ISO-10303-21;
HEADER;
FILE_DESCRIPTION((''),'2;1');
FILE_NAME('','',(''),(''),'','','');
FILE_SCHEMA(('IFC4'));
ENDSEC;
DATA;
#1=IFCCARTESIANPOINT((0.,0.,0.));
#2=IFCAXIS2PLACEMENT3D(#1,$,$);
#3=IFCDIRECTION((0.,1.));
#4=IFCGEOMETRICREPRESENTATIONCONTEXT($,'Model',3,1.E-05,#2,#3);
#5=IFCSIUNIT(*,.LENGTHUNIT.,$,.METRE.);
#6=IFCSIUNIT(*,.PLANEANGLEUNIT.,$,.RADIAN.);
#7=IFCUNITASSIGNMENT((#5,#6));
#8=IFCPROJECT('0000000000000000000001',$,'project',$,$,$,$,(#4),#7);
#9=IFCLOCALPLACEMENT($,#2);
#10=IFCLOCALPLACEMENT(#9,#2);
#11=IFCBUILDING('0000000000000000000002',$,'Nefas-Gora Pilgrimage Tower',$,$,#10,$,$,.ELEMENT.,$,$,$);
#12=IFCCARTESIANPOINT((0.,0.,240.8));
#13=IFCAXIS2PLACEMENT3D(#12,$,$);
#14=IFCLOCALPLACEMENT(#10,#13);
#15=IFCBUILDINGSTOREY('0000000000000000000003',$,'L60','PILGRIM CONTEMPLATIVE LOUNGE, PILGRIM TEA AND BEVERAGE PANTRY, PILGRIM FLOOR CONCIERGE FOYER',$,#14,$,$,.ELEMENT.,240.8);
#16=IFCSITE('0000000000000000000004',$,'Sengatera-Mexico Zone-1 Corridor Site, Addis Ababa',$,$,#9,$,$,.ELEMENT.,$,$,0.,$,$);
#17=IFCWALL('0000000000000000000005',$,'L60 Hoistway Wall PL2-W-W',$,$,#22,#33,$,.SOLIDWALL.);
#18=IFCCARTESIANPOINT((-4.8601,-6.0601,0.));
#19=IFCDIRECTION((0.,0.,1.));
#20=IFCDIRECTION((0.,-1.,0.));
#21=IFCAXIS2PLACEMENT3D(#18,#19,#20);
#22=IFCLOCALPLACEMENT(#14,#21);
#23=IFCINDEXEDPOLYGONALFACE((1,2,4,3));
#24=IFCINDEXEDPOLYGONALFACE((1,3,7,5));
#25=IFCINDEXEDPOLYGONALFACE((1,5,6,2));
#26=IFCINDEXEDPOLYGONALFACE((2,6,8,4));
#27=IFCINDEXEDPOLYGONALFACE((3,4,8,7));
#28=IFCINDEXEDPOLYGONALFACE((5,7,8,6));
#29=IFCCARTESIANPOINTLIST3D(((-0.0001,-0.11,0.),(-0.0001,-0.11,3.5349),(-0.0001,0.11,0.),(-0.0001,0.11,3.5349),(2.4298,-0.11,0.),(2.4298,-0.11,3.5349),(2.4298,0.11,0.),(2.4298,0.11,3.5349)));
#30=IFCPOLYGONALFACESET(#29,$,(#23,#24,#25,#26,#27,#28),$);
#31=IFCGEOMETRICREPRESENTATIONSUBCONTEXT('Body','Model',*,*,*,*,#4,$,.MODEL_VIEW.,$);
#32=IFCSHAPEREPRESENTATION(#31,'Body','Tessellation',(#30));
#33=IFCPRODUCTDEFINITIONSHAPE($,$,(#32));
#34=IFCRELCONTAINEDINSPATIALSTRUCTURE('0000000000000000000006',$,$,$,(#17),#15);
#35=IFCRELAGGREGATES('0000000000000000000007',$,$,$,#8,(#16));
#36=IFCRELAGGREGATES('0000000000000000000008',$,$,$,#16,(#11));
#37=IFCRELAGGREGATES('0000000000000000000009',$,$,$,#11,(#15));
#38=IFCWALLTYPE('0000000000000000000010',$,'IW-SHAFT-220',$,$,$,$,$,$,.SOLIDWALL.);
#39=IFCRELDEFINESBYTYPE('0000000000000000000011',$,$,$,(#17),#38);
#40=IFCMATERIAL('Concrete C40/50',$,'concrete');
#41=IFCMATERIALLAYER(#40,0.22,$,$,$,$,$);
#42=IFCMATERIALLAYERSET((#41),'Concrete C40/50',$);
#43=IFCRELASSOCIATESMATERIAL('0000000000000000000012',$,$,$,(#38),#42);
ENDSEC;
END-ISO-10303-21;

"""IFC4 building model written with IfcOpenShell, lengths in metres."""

from ifc_helpers import new_model, si_unit, direction, frame, frame_2d, origin, place, context, subcontext, project, spatial, rectangle, extrude, source, transform, mapped, material, layer, layer_set, type_object, element, save


model = new_model("IFC4")

# Units and contexts
model_context = context("Model", 3, precision=1e-05, world=origin(), true_north=direction((0.0, 1.0)))
body_context = subcontext(model_context, "Body", "Model", "MODEL_VIEW")
ifc_project = project(units=[si_unit("LENGTHUNIT", "METRE"), si_unit("PLANEANGLEUNIT", "RADIAN")], contexts=[model_context])

# Site, building, storey
site_placement = place(None, origin())
site = spatial("IfcSite", under=ifc_project, at=site_placement, Name="Sengatera-Mexico Zone-1 Corridor Site, Addis Ababa", CompositionType="ELEMENT", RefElevation=0.0)
building_placement = place(site_placement, origin())
building = spatial("IfcBuilding", under=site, at=building_placement, Name="Nefas-Gora Pilgrimage Tower", CompositionType="ELEMENT")
storey_placement = place(building_placement, frame((0.0, 0.0, 240.8)))
storey = spatial("IfcBuildingStorey", under=building, at=storey_placement, Name="L60", Description="PILGRIM CONTEMPLATIVE LOUNGE, PILGRIM TEA AND BEVERAGE PANTRY, PILGRIM FLOOR CONCIERGE FOYER", CompositionType="ELEMENT", Elevation=240.8)

# Shared definitions
ifc_material_1 = material(Name="Concrete C40/50", Category="concrete")
ifc_layer_1 = layer(ifc_material_1, 0.22)
ifc_layer_set_1 = layer_set([ifc_layer_1], Name="Concrete C40/50")
wall_type_1 = type_object("IfcWallType", Name="IW-SHAFT-220", PredefinedType="SOLIDWALL", material=ifc_layer_set_1)

# Wall
shared_shape_1 = source(origin(), body_context, "Body", "SweptSolid", [
    extrude(rectangle(XDim=2.4299, YDim=0.22, at=frame_2d((1.2148, 0.0))), origin(), (0.0, 0.0, 1.0), 3.5349),
])
for number, where, z_axis, x_axis, name in (
    (1, (-4.8601, -6.0601, 0.0), (0.0, 0.0, 1.0), (0.0, -1.0, 0.0), "L60 Hoistway Wall PL2-W-W"),
):
    element("IfcWall", number, at=place(storey_placement, frame(where, z_axis=z_axis, x_axis=x_axis)), inside=storey, type_object=wall_type_1, Name=name, PredefinedType="SOLIDWALL", context=body_context, shape_type="MappedRepresentation", body=[
        mapped(shared_shape_1, transform((0.0, 0.0, 0.0), x_axis=(1.0, 0.0, 0.0), y_axis=(0.0, 1.0, 0.0), z_axis=(0.0, 0.0, 1.0), scale=1.0)),
    ])

save(model, "model.ifc")
